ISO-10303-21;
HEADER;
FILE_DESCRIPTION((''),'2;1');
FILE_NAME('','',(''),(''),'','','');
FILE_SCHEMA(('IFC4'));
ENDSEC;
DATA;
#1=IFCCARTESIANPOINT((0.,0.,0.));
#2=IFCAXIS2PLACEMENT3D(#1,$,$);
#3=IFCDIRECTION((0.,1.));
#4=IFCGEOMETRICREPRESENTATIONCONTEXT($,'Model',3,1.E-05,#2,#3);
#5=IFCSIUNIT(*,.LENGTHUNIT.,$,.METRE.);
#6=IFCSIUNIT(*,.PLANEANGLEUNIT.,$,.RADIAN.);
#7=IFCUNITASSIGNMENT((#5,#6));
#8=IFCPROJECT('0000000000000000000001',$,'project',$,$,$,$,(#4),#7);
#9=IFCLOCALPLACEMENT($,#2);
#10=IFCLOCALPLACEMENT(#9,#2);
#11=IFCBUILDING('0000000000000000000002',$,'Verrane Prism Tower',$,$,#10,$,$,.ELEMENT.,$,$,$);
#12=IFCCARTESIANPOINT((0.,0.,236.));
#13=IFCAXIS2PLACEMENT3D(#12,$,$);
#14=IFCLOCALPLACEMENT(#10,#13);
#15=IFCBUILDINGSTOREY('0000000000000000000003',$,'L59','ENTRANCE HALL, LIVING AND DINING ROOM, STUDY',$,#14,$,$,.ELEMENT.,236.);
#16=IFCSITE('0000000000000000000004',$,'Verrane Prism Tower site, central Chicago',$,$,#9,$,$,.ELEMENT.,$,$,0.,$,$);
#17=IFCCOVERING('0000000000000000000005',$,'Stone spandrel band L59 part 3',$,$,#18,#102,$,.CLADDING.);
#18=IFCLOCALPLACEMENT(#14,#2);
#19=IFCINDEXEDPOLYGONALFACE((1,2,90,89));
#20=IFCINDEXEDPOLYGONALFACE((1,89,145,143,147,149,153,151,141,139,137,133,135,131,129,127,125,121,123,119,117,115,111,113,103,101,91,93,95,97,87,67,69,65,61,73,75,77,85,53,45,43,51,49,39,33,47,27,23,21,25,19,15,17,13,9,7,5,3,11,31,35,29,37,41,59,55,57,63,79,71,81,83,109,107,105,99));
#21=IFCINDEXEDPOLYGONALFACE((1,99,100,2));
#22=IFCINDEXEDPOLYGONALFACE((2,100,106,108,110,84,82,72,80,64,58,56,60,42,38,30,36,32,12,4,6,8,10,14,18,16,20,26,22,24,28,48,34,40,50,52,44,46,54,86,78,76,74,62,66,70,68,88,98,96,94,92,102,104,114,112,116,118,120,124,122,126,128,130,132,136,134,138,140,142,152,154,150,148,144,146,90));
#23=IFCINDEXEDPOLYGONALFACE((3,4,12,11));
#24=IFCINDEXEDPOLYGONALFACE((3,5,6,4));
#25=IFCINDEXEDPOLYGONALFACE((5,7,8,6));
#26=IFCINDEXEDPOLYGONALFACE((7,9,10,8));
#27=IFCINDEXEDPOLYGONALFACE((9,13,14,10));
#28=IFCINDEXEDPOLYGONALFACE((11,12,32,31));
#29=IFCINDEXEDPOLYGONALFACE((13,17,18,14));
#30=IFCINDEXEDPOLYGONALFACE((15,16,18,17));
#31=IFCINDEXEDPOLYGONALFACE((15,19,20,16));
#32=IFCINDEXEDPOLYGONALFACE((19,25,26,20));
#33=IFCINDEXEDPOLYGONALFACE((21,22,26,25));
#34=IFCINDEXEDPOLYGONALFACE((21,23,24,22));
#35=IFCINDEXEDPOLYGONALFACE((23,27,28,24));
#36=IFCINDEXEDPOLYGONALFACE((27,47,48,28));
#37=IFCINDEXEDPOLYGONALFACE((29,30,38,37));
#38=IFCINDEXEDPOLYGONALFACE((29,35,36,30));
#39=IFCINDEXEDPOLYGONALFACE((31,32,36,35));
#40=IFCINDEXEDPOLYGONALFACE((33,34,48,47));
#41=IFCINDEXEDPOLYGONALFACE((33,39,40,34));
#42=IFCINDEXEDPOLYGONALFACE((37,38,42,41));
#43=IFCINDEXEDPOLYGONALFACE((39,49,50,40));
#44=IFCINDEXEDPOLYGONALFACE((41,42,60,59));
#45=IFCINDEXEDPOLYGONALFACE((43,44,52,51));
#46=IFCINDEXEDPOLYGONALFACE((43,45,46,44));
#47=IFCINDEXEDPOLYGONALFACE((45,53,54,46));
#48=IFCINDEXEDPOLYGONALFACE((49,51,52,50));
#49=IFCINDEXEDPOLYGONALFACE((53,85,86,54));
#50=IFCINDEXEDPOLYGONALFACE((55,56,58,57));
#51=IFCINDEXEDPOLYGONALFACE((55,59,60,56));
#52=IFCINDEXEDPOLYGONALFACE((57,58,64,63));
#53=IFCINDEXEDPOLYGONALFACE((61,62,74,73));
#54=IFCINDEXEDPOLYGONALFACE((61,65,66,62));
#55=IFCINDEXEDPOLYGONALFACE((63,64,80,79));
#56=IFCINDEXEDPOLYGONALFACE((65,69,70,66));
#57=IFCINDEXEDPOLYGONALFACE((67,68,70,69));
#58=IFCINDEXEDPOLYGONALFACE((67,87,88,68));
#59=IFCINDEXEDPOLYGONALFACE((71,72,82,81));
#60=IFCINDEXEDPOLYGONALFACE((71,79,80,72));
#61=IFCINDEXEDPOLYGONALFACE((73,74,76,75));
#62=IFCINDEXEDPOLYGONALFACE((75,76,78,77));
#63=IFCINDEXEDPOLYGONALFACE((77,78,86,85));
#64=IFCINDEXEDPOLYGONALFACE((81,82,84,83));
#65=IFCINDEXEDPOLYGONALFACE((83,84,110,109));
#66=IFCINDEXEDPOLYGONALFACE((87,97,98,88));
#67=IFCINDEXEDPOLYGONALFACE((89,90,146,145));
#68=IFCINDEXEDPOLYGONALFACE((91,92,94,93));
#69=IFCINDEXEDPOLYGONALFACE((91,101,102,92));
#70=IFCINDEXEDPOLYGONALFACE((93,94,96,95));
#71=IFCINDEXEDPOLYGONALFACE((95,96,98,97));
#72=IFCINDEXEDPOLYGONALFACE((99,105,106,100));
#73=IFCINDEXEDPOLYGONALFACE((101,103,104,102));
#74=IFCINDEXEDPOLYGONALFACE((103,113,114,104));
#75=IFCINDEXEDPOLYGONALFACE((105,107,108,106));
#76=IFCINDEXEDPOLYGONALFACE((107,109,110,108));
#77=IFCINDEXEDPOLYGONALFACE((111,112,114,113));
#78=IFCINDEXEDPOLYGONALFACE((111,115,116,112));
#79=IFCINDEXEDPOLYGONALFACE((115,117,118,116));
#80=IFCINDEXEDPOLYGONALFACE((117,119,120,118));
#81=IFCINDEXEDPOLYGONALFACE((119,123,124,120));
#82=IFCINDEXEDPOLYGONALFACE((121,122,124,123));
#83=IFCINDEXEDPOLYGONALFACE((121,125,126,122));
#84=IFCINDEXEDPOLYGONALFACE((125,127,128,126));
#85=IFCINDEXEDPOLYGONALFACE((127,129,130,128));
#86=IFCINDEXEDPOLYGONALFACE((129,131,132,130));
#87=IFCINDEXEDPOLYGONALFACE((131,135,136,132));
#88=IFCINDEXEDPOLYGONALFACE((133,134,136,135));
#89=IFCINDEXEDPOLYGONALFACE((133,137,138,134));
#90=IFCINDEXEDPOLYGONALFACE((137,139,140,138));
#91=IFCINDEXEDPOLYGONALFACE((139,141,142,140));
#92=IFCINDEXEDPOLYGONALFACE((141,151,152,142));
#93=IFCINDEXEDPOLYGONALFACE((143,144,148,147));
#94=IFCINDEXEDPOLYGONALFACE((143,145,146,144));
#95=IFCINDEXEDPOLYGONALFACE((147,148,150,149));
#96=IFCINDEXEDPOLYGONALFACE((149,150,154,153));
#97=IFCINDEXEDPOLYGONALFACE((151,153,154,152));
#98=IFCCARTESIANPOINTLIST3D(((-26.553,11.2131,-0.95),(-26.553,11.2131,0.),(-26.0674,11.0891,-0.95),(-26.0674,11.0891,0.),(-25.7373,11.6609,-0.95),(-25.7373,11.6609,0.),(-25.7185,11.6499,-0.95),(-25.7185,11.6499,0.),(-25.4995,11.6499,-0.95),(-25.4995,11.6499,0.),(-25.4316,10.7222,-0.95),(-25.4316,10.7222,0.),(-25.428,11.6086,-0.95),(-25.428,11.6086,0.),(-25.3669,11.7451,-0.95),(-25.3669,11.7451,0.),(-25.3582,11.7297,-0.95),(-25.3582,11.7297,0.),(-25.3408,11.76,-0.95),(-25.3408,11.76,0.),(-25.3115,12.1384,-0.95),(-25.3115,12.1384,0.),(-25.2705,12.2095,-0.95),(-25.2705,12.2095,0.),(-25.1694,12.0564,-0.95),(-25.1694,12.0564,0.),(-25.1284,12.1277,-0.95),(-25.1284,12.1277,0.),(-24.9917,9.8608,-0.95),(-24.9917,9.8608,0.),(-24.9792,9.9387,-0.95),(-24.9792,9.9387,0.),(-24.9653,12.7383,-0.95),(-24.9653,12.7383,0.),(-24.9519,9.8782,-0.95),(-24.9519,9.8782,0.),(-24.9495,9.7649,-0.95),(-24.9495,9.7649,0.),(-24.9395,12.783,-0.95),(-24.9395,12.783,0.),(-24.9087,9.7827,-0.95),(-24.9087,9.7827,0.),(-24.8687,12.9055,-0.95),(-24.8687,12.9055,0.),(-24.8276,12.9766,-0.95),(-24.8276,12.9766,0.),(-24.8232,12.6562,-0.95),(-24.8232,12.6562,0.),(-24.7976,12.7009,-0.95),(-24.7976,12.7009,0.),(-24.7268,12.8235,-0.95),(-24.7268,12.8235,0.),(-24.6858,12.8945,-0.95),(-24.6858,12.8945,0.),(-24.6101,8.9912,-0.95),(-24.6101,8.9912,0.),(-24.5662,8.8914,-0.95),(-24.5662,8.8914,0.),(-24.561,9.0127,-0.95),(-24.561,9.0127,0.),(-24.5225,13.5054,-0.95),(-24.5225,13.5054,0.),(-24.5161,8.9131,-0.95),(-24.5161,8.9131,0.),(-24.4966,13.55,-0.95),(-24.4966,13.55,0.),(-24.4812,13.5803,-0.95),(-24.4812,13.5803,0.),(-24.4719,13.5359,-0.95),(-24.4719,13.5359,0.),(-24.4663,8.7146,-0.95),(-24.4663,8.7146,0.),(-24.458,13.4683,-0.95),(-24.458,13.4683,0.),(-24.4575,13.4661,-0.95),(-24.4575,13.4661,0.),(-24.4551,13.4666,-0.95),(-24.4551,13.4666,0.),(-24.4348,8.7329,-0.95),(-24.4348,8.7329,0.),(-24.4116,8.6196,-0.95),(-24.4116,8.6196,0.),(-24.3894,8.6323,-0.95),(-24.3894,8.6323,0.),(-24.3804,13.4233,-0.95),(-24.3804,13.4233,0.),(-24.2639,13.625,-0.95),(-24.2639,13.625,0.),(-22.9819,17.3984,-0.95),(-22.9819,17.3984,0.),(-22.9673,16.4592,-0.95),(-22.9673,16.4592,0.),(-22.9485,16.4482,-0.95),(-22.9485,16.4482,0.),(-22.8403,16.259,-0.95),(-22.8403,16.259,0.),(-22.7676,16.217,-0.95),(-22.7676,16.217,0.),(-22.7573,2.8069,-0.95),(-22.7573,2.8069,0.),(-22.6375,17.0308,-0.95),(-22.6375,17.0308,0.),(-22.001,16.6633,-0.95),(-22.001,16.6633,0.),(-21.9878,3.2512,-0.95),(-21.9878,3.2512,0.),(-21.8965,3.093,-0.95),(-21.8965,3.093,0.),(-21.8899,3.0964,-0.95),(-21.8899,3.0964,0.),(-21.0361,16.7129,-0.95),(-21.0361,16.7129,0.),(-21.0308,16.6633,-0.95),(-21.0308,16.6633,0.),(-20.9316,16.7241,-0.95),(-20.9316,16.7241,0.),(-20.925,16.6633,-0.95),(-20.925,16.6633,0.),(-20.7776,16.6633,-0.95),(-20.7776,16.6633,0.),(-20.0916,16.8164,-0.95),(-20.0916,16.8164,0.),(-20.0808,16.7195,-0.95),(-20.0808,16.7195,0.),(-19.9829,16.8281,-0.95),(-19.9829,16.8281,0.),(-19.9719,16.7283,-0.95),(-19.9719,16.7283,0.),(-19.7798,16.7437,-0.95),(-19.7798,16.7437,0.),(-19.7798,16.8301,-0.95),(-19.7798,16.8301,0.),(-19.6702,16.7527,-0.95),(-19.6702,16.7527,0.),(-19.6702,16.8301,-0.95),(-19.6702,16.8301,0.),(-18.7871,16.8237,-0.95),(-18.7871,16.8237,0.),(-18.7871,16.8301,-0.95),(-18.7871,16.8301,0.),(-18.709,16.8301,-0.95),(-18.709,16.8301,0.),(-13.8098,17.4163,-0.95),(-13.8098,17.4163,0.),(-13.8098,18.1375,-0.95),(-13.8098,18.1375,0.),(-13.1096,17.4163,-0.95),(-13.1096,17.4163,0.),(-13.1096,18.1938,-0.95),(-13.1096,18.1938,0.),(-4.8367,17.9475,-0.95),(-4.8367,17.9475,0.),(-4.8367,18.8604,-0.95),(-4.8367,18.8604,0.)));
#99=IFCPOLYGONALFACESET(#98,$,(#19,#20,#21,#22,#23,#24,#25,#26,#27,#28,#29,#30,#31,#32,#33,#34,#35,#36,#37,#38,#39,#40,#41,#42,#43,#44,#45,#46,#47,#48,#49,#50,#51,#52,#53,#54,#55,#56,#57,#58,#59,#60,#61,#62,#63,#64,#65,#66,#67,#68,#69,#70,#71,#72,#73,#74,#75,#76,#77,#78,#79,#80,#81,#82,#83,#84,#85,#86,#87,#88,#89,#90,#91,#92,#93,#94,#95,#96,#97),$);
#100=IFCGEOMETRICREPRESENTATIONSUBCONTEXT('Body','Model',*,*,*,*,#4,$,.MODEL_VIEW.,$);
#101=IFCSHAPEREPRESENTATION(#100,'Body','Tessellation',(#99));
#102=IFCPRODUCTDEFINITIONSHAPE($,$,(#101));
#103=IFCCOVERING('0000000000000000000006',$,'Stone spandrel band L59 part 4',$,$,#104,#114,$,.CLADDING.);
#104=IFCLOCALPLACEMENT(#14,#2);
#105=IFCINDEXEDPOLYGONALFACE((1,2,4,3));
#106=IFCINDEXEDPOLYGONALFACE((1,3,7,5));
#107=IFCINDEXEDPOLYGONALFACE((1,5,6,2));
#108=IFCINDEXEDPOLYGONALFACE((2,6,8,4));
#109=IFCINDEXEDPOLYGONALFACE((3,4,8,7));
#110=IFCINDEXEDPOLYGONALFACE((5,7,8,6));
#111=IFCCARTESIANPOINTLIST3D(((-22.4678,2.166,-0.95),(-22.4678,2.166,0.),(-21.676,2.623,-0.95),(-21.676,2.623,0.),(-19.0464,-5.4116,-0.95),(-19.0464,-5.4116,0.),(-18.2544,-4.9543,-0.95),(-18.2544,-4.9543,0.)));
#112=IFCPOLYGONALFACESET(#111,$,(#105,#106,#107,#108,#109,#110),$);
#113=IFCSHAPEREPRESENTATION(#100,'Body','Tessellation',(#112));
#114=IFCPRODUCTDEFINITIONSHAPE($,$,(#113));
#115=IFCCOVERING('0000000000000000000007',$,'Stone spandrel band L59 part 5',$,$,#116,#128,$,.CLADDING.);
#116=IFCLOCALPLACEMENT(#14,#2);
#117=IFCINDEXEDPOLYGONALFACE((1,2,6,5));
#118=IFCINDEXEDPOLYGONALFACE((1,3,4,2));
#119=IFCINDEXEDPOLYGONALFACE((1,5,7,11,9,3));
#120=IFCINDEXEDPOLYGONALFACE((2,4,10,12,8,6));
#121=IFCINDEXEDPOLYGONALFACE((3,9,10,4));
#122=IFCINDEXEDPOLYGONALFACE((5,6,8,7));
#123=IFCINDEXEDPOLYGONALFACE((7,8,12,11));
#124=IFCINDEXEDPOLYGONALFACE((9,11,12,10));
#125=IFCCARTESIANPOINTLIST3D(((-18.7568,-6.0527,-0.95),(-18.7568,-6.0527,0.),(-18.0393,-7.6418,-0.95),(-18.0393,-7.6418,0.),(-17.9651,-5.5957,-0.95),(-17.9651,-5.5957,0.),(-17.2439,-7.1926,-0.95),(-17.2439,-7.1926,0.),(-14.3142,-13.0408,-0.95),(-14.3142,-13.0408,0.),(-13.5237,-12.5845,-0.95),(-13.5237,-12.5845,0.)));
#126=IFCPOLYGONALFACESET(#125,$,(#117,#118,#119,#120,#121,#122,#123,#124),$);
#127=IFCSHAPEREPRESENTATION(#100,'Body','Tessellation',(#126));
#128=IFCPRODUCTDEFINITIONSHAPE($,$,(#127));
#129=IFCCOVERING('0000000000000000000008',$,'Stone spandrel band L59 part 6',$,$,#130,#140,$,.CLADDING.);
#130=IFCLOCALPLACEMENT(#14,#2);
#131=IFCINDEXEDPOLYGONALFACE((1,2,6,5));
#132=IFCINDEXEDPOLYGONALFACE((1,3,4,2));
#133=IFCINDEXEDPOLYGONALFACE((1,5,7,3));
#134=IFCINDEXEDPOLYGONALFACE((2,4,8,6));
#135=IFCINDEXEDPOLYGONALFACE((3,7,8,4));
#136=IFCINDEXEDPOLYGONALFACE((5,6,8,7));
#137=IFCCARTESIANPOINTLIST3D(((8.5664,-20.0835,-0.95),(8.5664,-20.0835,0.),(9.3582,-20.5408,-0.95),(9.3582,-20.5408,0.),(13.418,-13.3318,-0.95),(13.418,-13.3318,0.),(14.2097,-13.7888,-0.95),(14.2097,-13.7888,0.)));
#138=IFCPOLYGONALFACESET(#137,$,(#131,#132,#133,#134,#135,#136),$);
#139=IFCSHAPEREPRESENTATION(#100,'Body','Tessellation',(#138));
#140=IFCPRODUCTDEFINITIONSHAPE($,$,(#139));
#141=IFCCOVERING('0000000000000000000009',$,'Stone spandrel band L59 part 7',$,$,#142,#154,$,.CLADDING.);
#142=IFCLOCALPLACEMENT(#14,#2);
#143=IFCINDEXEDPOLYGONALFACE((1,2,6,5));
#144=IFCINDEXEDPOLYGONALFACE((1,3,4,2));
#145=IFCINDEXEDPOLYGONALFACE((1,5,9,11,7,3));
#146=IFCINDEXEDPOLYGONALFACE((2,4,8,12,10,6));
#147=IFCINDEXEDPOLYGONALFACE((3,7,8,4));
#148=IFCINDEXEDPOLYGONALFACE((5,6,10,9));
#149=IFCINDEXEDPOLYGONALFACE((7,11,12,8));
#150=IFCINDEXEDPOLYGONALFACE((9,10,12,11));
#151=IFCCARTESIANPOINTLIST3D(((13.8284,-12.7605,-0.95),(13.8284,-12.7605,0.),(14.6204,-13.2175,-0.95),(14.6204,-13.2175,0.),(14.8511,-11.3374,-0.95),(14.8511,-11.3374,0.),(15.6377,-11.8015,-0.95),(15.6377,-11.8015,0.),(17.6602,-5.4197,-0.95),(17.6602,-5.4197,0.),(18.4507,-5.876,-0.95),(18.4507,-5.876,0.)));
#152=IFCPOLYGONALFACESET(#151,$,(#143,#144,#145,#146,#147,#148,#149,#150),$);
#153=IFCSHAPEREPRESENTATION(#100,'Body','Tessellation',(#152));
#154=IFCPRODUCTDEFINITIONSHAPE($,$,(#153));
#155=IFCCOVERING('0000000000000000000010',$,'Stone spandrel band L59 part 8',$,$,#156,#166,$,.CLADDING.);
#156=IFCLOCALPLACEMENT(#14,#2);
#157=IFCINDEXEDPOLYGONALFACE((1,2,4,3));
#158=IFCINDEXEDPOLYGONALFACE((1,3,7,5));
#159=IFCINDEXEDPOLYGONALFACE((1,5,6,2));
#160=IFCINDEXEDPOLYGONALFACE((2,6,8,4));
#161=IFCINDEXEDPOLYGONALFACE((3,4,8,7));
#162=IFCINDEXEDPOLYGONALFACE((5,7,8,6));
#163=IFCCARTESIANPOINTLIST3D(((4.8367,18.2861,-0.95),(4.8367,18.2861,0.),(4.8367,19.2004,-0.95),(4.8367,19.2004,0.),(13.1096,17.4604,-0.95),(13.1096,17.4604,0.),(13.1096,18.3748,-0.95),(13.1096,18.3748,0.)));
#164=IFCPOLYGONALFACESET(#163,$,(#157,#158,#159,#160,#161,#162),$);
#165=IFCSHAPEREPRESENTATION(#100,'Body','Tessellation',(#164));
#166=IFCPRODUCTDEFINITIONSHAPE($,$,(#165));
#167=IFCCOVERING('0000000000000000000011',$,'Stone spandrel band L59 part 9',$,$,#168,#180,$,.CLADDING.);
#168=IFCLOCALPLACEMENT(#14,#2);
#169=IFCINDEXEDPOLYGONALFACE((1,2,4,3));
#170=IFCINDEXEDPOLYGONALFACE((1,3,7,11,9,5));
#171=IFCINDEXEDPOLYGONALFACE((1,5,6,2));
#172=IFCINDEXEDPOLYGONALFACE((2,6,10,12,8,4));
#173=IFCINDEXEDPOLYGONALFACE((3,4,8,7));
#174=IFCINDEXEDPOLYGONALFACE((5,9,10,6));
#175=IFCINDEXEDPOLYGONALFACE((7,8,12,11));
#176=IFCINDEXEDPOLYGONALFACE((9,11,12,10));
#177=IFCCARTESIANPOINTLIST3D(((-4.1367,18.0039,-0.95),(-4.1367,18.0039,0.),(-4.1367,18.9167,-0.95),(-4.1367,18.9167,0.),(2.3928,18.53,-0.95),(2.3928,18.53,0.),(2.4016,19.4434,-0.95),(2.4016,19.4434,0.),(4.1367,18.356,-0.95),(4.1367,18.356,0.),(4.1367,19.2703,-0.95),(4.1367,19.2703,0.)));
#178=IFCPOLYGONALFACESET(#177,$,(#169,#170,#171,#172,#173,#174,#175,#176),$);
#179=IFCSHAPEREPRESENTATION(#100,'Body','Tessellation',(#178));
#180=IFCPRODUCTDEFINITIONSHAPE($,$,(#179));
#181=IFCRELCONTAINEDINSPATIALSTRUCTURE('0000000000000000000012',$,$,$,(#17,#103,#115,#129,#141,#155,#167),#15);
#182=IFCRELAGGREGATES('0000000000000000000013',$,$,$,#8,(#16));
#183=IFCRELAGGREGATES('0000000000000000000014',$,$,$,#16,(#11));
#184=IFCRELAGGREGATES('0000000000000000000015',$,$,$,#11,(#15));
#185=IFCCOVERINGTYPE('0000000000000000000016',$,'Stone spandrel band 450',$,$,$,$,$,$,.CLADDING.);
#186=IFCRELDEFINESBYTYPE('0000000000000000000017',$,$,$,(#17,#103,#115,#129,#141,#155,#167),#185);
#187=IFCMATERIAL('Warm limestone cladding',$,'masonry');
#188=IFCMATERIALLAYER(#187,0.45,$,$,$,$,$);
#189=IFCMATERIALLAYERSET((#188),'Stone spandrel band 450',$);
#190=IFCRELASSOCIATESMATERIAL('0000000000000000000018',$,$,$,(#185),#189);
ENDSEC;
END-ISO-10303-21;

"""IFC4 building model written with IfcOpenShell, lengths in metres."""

from ifc_helpers import new_model, si_unit, direction, frame, origin, place, context, subcontext, project, spatial, polyline, outline, extrude, material, layer, layer_set, type_object, element, save


model = new_model("IFC4")

# Units and contexts
model_context = context("Model", 3, precision=1e-05, world=origin(), true_north=direction((0.0, 1.0)))
body_context = subcontext(model_context, "Body", "Model", "MODEL_VIEW")
ifc_project = project(units=[si_unit("LENGTHUNIT", "METRE"), si_unit("PLANEANGLEUNIT", "RADIAN")], contexts=[model_context])

# Site, building, storey
site_placement = place(None, origin())
site = spatial("IfcSite", under=ifc_project, at=site_placement, Name="Verrane Prism Tower site, central Chicago", CompositionType="ELEMENT", RefElevation=0.0)
building_placement = place(site_placement, origin())
building = spatial("IfcBuilding", under=site, at=building_placement, Name="Verrane Prism Tower", CompositionType="ELEMENT")
storey_placement = place(building_placement, frame((0.0, 0.0, 236.0)))
storey = spatial("IfcBuildingStorey", under=building, at=storey_placement, Name="L59", Description="ENTRANCE HALL, LIVING AND DINING ROOM, STUDY", CompositionType="ELEMENT", Elevation=236.0)

# Coverings
ifc_material_1 = material(Name="Warm limestone cladding", Category="masonry")
ifc_layer_1 = layer(ifc_material_1, 0.45)
ifc_layer_set_1 = layer_set([ifc_layer_1], Name="Stone spandrel band 450")
covering_type = type_object("IfcCoveringType", Name="Stone spandrel band 450", PredefinedType="CLADDING", material=ifc_layer_set_1)
covering_1_placement = place(storey_placement, frame((0.0, 0.0, -0.95)))
element("IfcCovering", 1, at=covering_1_placement, inside=storey, type_object=covering_type, Name="Stone spandrel band L59 part 3", PredefinedType="CLADDING", context=body_context, shape_type="SweptSolid", body=[
    extrude(outline(polyline([(-21.9878, 3.2512), (-21.8965, 3.093), (-21.8899, 3.0964), (-24.3894, 8.6323), (-24.4116, 8.6196), (-24.4663, 8.7146), (-24.4348, 8.7329), (-24.5161, 8.9131), (-24.5662, 8.8914), (-24.6101, 8.9912), (-24.561, 9.0127), (-24.9087, 9.7827), (-24.9495, 9.7649), (-24.9917, 9.8608), (-24.9519, 9.8782), (-24.9792, 9.9387), (-25.4316, 10.7222), (-26.0674, 11.0891), (-25.7373, 11.6609), (-25.7185, 11.6499), (-25.4995, 11.6499), (-25.428, 11.6086), (-25.3582, 11.7297), (-25.3669, 11.7451), (-25.3408, 11.76), (-25.1694, 12.0564), (-25.3115, 12.1384), (-25.2705, 12.2095), (-25.1284, 12.1277), (-24.8232, 12.6562), (-24.9653, 12.7383), (-24.9395, 12.783), (-24.7976, 12.7009), (-24.7268, 12.8235), (-24.8687, 12.9055), (-24.8276, 12.9766), (-24.6858, 12.8945), (-24.3804, 13.4233), (-24.4551, 13.4666), (-24.4575, 13.4661), (-24.458, 13.4683), (-24.5225, 13.5054), (-24.4966, 13.55), (-24.4719, 13.5359), (-24.4812, 13.5803), (-24.2639, 13.625), (-22.7676, 16.217), (-22.8403, 16.259), (-22.9485, 16.4482), (-22.9673, 16.4592), (-22.6375, 17.0308), (-22.001, 16.6633), (-21.0308, 16.6633), (-21.0361, 16.7129), (-20.9316, 16.7241), (-20.925, 16.6633), (-20.7776, 16.6633), (-20.0808, 16.7195), (-20.0916, 16.8164), (-19.9829, 16.8281), (-19.9719, 16.7283), (-19.7798, 16.7437), (-19.7798, 16.8301), (-19.6702, 16.8301), (-19.6702, 16.7527), (-18.7871, 16.8237), (-18.7871, 16.8301), (-18.709, 16.8301), (-4.8367, 17.9475), (-4.8367, 18.8604), (-13.1096, 18.1938), (-13.1096, 17.4163), (-13.8098, 17.4163), (-13.8098, 18.1375), (-22.9819, 17.3984), (-26.553, 11.2131), (-22.7573, 2.8069), (-21.9878, 3.2512)])), origin(), (0.0, 0.0, 1.0), 0.95),
])
covering_2_placement = place(storey_placement, frame((0.0, 0.0, -0.95)))
element("IfcCovering", 2, at=covering_2_placement, inside=storey, type_object=covering_type, Name="Stone spandrel band L59 part 4", PredefinedType="CLADDING", context=body_context, shape_type="SweptSolid", body=[
    extrude(outline(polyline([(-18.2544, -4.9543), (-21.676, 2.623), (-22.4678, 2.166), (-19.0464, -5.4116), (-18.2544, -4.9543)])), origin(), (0.0, 0.0, 1.0), 0.95),
])
covering_3_placement = place(storey_placement, frame((0.0, 0.0, -0.95)))
element("IfcCovering", 3, at=covering_3_placement, inside=storey, type_object=covering_type, Name="Stone spandrel band L59 part 5", PredefinedType="CLADDING", context=body_context, shape_type="SweptSolid", body=[
    extrude(outline(polyline([(-13.5237, -12.5845), (-17.2439, -7.1926), (-17.9651, -5.5957), (-18.7568, -6.0527), (-18.0393, -7.6418), (-14.3142, -13.0408), (-13.5237, -12.5845)])), origin(), (0.0, 0.0, 1.0), 0.95),
])
covering_4_placement = place(storey_placement, frame((0.0, 0.0, -0.95)))
element("IfcCovering", 4, at=covering_4_placement, inside=storey, type_object=covering_type, Name="Stone spandrel band L59 part 6", PredefinedType="CLADDING", context=body_context, shape_type="SweptSolid", body=[
    extrude(outline(polyline([(14.2097, -13.7888), (13.418, -13.3318), (8.5664, -20.0835), (9.3582, -20.5408), (14.2097, -13.7888)])), origin(), (0.0, 0.0, 1.0), 0.95),
])
covering_5_placement = place(storey_placement, frame((0.0, 0.0, -0.95)))
element("IfcCovering", 5, at=covering_5_placement, inside=storey, type_object=covering_type, Name="Stone spandrel band L59 part 7", PredefinedType="CLADDING", context=body_context, shape_type="SweptSolid", body=[
    extrude(outline(polyline([(17.6602, -5.4197), (14.8511, -11.3374), (13.8284, -12.7605), (14.6204, -13.2175), (15.6377, -11.8015), (18.4507, -5.876), (17.6602, -5.4197)])), origin(), (0.0, 0.0, 1.0), 0.95),
])
covering_6_placement = place(storey_placement, frame((0.0, 0.0, -0.95)))
element("IfcCovering", 6, at=covering_6_placement, inside=storey, type_object=covering_type, Name="Stone spandrel band L59 part 8", PredefinedType="CLADDING", context=body_context, shape_type="SweptSolid", body=[
    extrude(outline(polyline([(4.8367, 18.2861), (13.1096, 17.4604), (13.1096, 18.3748), (4.8367, 19.2004), (4.8367, 18.2861)])), origin(), (0.0, 0.0, 1.0), 0.95),
])
covering_7_placement = place(storey_placement, frame((0.0, 0.0, -0.95)))
element("IfcCovering", 7, at=covering_7_placement, inside=storey, type_object=covering_type, Name="Stone spandrel band L59 part 9", PredefinedType="CLADDING", context=body_context, shape_type="SweptSolid", body=[
    extrude(outline(polyline([(-4.1367, 18.9167), (-4.1367, 18.0039), (2.3928, 18.53), (4.1367, 18.356), (4.1367, 19.2703), (2.4016, 19.4434), (-4.1367, 18.9167)])), origin(), (0.0, 0.0, 1.0), 0.95),
])

save(model, "model.ifc")
